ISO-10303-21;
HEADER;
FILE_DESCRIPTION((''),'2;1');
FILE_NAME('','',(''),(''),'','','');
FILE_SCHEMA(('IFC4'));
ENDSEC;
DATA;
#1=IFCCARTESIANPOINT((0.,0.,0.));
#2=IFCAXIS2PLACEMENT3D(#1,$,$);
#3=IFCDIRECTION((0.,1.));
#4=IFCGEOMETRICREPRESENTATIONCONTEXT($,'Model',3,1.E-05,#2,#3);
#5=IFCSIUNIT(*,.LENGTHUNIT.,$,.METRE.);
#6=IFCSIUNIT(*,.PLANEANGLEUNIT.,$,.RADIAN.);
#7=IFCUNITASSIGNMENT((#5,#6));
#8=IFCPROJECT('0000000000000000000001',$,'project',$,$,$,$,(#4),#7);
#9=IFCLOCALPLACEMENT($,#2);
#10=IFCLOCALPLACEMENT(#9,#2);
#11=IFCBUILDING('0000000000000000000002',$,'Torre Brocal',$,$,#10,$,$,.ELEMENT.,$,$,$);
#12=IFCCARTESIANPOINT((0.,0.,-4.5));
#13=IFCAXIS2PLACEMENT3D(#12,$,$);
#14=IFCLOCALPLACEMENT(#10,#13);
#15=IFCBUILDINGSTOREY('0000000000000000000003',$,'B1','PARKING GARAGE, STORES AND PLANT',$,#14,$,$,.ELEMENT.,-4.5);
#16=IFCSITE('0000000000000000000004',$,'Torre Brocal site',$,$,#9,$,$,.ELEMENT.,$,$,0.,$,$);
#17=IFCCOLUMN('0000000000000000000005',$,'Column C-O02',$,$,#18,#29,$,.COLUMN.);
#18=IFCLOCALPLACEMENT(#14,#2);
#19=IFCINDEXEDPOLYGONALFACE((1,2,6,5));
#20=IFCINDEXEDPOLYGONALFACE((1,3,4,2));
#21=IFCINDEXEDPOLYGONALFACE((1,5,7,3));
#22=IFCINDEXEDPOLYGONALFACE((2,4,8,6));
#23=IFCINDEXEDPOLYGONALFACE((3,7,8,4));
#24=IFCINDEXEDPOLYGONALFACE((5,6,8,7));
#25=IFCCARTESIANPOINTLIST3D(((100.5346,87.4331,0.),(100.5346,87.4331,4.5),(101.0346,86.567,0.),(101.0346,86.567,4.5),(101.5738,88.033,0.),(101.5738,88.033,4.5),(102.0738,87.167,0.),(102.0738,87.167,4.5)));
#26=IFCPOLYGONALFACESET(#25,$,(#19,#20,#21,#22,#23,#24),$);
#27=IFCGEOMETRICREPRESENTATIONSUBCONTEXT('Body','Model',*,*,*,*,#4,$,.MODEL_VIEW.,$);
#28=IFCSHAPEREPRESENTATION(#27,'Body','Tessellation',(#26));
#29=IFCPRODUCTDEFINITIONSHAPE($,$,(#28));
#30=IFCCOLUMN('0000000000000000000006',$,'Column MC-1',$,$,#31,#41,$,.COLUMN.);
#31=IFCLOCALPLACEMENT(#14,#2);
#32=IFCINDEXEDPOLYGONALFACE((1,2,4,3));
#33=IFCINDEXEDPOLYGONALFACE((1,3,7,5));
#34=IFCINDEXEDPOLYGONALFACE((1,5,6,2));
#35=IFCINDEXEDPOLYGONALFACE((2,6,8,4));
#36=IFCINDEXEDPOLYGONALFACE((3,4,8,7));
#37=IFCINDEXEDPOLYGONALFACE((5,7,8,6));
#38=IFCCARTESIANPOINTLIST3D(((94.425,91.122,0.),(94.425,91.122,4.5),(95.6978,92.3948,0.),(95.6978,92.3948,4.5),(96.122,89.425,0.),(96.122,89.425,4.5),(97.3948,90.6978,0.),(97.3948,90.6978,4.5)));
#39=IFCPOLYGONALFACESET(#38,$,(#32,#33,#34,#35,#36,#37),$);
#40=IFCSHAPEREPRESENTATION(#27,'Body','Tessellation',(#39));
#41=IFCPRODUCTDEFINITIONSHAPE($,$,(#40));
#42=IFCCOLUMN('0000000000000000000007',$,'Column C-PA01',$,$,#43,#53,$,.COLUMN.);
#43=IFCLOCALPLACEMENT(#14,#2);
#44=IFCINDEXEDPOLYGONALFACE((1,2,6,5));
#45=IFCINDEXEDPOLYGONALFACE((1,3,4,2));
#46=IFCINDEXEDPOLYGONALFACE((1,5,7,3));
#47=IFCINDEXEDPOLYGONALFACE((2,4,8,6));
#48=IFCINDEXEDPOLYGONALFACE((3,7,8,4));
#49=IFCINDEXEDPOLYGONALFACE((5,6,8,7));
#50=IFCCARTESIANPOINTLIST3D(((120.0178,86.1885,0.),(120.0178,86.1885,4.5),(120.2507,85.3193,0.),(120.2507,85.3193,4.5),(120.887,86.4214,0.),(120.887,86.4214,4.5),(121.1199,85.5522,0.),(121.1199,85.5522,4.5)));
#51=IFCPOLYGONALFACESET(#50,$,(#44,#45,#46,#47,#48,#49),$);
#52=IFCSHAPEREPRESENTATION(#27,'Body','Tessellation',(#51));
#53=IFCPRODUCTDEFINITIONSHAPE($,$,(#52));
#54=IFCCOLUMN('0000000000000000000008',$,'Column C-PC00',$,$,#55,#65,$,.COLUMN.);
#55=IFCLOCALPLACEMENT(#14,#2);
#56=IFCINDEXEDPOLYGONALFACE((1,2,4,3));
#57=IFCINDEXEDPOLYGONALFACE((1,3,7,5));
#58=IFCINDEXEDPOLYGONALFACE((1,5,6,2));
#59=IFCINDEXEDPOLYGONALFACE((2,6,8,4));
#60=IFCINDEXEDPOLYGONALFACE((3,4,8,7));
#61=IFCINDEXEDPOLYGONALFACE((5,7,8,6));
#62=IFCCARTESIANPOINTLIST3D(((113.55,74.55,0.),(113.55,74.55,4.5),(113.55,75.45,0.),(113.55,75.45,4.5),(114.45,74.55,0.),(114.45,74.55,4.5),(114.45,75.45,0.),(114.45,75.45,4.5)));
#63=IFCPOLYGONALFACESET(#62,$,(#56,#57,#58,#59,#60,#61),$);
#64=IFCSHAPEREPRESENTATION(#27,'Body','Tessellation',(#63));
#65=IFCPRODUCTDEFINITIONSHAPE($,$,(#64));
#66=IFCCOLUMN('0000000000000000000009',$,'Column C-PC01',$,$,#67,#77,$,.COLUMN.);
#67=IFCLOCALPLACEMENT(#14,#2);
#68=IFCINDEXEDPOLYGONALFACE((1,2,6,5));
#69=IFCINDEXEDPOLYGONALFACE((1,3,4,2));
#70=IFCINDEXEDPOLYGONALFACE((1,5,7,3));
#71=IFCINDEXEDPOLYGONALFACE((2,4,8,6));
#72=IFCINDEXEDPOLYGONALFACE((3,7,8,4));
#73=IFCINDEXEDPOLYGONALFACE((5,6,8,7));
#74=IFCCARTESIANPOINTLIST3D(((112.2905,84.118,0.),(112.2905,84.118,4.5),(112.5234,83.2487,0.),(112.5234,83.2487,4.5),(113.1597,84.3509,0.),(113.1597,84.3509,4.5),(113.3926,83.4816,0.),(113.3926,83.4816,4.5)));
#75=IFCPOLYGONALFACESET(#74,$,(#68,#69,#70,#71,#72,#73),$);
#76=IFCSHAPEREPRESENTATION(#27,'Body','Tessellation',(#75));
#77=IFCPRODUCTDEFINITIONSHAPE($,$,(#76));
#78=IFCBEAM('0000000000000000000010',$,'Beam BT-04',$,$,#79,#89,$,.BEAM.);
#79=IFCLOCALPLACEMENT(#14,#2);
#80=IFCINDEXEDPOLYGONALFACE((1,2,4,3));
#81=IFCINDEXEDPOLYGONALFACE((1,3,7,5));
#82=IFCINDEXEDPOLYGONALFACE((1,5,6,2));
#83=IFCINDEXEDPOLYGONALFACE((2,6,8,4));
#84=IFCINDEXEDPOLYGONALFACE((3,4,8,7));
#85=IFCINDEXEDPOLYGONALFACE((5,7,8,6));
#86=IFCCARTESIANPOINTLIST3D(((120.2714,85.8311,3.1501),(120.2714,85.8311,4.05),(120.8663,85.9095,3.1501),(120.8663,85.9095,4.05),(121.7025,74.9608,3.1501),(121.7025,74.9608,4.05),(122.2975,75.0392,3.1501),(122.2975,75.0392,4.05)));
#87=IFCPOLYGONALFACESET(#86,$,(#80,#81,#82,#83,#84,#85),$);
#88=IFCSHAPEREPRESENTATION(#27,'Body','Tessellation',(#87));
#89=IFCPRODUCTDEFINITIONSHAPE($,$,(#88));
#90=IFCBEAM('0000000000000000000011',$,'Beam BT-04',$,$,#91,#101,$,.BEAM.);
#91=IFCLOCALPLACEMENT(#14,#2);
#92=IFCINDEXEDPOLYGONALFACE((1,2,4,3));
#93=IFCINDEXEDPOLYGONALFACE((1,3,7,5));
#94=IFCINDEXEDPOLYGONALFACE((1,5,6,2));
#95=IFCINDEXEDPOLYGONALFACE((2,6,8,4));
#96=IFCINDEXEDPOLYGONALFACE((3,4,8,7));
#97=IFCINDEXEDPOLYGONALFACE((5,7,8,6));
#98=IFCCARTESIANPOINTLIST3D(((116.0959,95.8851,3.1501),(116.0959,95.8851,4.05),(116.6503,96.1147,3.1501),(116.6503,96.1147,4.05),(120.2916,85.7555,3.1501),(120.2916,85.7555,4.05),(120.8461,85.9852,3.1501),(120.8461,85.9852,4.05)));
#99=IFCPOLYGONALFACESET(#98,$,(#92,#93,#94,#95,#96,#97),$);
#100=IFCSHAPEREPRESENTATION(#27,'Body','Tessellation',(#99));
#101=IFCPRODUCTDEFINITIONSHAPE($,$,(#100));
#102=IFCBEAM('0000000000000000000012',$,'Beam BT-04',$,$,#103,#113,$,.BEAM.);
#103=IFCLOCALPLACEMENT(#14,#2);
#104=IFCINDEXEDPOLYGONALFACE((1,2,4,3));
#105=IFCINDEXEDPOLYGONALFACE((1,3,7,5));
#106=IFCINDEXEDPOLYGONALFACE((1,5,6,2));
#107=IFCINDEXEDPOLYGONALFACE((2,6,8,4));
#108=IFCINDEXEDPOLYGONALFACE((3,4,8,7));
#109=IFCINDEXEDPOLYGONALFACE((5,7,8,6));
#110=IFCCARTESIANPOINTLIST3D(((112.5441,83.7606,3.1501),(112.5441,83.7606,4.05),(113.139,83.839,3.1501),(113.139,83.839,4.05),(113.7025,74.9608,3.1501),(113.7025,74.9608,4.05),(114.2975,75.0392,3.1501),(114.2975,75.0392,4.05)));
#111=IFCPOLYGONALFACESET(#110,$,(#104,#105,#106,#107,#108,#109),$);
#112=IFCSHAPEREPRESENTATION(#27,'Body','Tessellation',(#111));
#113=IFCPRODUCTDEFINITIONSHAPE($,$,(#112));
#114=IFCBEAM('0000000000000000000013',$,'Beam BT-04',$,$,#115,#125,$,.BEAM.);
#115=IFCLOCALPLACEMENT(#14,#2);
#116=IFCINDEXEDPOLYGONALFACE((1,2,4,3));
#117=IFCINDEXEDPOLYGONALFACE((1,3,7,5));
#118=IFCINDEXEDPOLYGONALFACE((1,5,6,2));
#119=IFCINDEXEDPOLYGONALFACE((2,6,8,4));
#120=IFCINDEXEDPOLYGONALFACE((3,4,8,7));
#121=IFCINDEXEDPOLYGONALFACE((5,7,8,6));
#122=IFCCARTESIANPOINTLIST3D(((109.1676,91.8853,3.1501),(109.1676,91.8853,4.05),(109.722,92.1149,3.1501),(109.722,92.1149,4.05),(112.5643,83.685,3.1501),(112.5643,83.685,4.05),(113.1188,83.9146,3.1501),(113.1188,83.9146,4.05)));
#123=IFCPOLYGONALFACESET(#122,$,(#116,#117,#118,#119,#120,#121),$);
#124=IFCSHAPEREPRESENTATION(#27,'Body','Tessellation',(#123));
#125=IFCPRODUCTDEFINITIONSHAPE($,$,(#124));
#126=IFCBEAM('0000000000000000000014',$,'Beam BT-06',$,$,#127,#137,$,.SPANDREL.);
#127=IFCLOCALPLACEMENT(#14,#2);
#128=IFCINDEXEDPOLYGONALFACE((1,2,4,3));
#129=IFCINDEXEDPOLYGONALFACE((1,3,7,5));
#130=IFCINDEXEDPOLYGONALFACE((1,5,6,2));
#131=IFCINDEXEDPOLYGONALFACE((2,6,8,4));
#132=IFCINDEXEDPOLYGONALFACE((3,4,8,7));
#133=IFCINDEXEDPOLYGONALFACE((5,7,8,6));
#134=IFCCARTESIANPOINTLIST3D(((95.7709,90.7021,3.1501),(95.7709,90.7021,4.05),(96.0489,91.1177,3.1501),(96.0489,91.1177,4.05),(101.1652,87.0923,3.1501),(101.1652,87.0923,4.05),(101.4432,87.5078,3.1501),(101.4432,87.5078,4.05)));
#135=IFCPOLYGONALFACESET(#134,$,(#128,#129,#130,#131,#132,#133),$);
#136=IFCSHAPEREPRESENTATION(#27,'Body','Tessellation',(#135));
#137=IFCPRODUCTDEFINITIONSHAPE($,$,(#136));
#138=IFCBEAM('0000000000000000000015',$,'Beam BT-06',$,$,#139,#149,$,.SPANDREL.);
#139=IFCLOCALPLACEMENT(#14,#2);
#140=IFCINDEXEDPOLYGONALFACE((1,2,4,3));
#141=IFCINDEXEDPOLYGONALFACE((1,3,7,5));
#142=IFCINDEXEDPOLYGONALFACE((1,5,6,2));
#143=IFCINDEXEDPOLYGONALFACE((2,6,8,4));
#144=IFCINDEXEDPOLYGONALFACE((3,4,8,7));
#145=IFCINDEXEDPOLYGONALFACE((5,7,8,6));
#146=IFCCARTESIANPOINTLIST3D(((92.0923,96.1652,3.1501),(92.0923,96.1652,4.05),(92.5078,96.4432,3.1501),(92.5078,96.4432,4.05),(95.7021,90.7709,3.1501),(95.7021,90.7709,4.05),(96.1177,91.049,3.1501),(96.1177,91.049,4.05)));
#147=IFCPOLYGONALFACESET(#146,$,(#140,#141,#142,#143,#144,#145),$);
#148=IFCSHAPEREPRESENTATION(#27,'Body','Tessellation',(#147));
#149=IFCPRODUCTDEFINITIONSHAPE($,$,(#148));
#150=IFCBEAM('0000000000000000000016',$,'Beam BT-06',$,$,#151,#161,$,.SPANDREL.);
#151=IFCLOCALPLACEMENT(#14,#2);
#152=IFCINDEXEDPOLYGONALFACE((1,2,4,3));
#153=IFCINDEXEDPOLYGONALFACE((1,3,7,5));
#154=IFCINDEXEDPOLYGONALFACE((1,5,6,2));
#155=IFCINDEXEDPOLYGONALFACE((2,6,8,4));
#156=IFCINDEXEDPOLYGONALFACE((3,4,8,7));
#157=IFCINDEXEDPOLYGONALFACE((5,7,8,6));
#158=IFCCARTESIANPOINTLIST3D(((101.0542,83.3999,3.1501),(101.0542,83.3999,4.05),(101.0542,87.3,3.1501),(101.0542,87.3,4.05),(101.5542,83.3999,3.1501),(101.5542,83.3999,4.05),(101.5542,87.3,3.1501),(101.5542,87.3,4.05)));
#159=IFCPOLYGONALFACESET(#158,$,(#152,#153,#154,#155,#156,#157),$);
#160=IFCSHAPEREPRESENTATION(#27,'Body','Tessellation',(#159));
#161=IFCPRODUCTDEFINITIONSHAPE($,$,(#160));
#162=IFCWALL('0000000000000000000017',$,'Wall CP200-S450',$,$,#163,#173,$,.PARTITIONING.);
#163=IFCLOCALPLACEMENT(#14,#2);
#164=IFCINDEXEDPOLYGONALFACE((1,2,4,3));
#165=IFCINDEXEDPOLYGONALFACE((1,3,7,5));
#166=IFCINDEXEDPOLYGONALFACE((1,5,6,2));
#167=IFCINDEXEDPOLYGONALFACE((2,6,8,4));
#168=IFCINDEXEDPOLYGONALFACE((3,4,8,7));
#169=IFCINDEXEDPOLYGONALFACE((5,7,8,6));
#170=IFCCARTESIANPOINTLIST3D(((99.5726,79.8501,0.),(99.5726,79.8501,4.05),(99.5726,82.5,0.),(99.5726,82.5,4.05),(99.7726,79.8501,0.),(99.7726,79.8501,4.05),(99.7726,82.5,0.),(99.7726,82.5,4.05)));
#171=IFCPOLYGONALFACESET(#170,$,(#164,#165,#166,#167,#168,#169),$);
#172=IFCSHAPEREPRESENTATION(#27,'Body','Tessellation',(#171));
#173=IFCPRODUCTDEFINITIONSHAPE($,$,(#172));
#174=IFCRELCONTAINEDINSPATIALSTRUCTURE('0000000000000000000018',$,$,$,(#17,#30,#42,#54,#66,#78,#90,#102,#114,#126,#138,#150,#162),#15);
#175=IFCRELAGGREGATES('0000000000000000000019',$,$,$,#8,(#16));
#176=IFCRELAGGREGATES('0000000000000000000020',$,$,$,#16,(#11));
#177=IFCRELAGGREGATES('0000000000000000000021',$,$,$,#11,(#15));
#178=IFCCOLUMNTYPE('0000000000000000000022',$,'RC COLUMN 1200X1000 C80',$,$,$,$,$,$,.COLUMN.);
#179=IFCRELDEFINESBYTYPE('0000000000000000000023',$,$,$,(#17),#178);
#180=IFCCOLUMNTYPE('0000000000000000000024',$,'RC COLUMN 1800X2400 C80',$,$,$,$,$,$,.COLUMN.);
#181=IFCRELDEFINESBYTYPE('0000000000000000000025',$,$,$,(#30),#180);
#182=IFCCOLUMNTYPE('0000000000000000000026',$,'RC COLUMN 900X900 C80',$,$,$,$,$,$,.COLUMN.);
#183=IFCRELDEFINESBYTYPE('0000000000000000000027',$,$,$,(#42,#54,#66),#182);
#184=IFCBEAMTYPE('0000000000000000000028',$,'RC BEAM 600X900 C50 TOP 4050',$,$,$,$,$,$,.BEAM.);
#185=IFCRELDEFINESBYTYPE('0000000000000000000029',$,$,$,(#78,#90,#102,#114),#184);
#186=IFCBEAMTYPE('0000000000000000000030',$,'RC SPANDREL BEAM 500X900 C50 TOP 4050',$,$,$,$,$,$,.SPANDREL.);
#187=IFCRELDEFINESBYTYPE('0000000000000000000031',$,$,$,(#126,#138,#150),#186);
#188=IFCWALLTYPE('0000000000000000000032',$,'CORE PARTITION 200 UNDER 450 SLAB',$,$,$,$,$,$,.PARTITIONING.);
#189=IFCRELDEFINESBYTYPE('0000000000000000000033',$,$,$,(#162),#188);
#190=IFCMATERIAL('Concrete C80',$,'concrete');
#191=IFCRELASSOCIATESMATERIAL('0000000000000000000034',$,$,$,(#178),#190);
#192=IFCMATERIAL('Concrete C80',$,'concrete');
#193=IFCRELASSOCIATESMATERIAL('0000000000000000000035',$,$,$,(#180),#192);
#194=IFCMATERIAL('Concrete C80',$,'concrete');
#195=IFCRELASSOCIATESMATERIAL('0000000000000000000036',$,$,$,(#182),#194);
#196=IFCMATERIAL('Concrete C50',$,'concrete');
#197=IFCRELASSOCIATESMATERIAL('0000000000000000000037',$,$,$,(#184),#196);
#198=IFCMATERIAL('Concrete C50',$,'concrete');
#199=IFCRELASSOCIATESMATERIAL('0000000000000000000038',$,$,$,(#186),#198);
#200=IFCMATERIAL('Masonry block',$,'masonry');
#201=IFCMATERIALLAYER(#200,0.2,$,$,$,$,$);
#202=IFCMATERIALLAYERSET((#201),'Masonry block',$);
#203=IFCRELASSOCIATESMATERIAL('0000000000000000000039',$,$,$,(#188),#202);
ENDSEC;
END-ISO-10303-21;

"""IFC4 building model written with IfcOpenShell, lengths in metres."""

from ifc_helpers import new_model, si_unit, direction, frame, frame_2d, origin, origin_2d, place, context, subcontext, project, spatial, rectangle, extrude, material, layer, layer_set, material_profile, profile_set, type_object, element, save


model = new_model("IFC4")

# Units and contexts
model_context = context("Model", 3, precision=1e-05, world=origin(), true_north=direction((0.0, 1.0)))
body_context = subcontext(model_context, "Body", "Model", "MODEL_VIEW")
ifc_project = project(units=[si_unit("LENGTHUNIT", "METRE"), si_unit("PLANEANGLEUNIT", "RADIAN")], contexts=[model_context])

# Site, building, storey
site_placement = place(None, origin())
site = spatial("IfcSite", under=ifc_project, at=site_placement, Name="Torre Brocal site", CompositionType="ELEMENT", RefElevation=0.0)
building_placement = place(site_placement, origin())
building = spatial("IfcBuilding", under=site, at=building_placement, Name="Torre Brocal", CompositionType="ELEMENT")
storey_placement = place(building_placement, frame((0.0, 0.0, -4.5)))
storey = spatial("IfcBuildingStorey", under=building, at=storey_placement, Name="B1", Description="PARKING GARAGE, STORES AND PLANT", CompositionType="ELEMENT", Elevation=-4.5)

# Columns
ifc_material_1 = material(Name="Concrete C80", Category="concrete")
ifc_material_profile_1 = material_profile(ifc_material_1, rectangle(XDim=1.2, YDim=1.0, at=origin_2d()), Name="RC 1200X1000")
ifc_profile_set_1 = profile_set([ifc_material_profile_1], Name="Concrete C80")
column_type_1 = type_object("IfcColumnType", Name="RC COLUMN 1200X1000 C80", PredefinedType="COLUMN", material=ifc_profile_set_1)
column_1_placement = place(storey_placement, frame((101.3042, 87.3, 0.0), z_axis=(0.0, 0.0, 1.0), x_axis=(0.866025, 0.5, 0.0)))
element("IfcColumn", 1, at=column_1_placement, inside=storey, type_object=column_type_1, Name="Column C-O02", PredefinedType="COLUMN", context=body_context, shape_type="SweptSolid", body=[
    extrude(rectangle(XDim=1.2, YDim=1.0, at=origin_2d()), origin(), (0.0, 0.0, 1.0), 4.5),
])
ifc_material_2 = material(Name="Concrete C80", Category="concrete")
ifc_material_profile_2 = material_profile(ifc_material_2, rectangle(XDim=1.8, YDim=2.3999, at=origin_2d()), Name="RC 1800X2400")
ifc_profile_set_2 = profile_set([ifc_material_profile_2], Name="Concrete C80")
column_type_2 = type_object("IfcColumnType", Name="RC COLUMN 1800X2400 C80", PredefinedType="COLUMN", material=ifc_profile_set_2)
column_2_placement = place(storey_placement, frame((95.9099, 90.9099, 0.0), z_axis=(0.0, 0.0, 1.0), x_axis=(0.707107, 0.707107, 0.0)))
element("IfcColumn", 2, at=column_2_placement, inside=storey, type_object=column_type_2, Name="Column MC-1", PredefinedType="COLUMN", context=body_context, shape_type="SweptSolid", body=[
    extrude(rectangle(XDim=1.8, YDim=2.3999, at=origin_2d()), origin(), (0.0, 0.0, 1.0), 4.5),
])
ifc_material_3 = material(Name="Concrete C80", Category="concrete")
ifc_material_profile_3 = material_profile(ifc_material_3, rectangle(XDim=0.8999, YDim=0.8999, at=origin_2d()), Name="RC 900X900")
ifc_profile_set_3 = profile_set([ifc_material_profile_3], Name="Concrete C80")
column_type_3 = type_object("IfcColumnType", Name="RC COLUMN 900X900 C80", PredefinedType="COLUMN", material=ifc_profile_set_3)
for number, where, z_axis, x_axis, name in (
    (3, (120.5688, 85.8704, 0.0), (0.0, 0.0, 1.0), (0.965926, 0.258819, 0.0), "Column C-PA01"),
    (4, (114.0, 75.0, 0.0), (0.0, 0.0, 1.0), (1.0, 0.0, 0.0), "Column C-PC00"),
    (5, (112.8416, 83.7998, 0.0), (0.0, 0.0, 1.0), (0.965926, 0.258819, 0.0), "Column C-PC01"),
):
    element("IfcColumn", number, at=place(storey_placement, frame(where, z_axis=z_axis, x_axis=x_axis)), inside=storey, type_object=column_type_3, Name=name, PredefinedType="COLUMN", context=body_context, shape_type="SweptSolid", body=[
        extrude(rectangle(XDim=0.8999, YDim=0.8999, at=origin_2d()), origin(), (0.0, 0.0, 1.0), 4.5),
    ])

# Beams
ifc_material_4 = material(Name="Concrete C50", Category="concrete")
ifc_material_profile_4 = material_profile(ifc_material_4, rectangle(XDim=0.6001, YDim=0.8999, at=origin_2d()), Name="RC 600X900")
ifc_profile_set_4 = profile_set([ifc_material_profile_4], Name="Concrete C50")
beam_type_1 = type_object("IfcBeamType", Name="RC BEAM 600X900 C50 TOP 4050", PredefinedType="BEAM", material=ifc_profile_set_4)
for number, where, z_axis, x_axis, name in (
    (6, (122.0, 75.0, 3.6001), (-0.13053, 0.991444, 0.0), (-0.991444, -0.13053, 0.0), "Beam BT-04"),
    (7, (120.5688, 85.8704, 3.6001), (-0.382681, 0.923881, 0.0), (-0.923881, -0.382681, 0.0), "Beam BT-04"),
):
    element("IfcBeam", number, at=place(storey_placement, frame(where, z_axis=z_axis, x_axis=x_axis)), inside=storey, type_object=beam_type_1, Name=name, PredefinedType="BEAM", context=body_context, shape_type="SweptSolid", body=[
        extrude(rectangle(XDim=0.6001, YDim=0.8999, at=origin_2d()), origin(), (0.0, 0.0, 1.0), 10.9641),
    ])
beam_1_placement = place(storey_placement, frame((114.0, 75.0, 3.6001), z_axis=(-0.130519, 0.991446, 0.0), x_axis=(-0.991446, -0.130519, 0.0)))
element("IfcBeam", 8, at=beam_1_placement, inside=storey, type_object=beam_type_1, Name="Beam BT-04", PredefinedType="BEAM", context=body_context, shape_type="SweptSolid", body=[
    extrude(rectangle(XDim=0.6001, YDim=0.8999, at=origin_2d()), origin(), (0.0, 0.0, 1.0), 8.8757),
])
beam_2_placement = place(storey_placement, frame((112.8416, 83.7998, 3.6001), z_axis=(-0.382693, 0.923876, 0.0), x_axis=(-0.923876, -0.382693, 0.0)))
element("IfcBeam", 9, at=beam_2_placement, inside=storey, type_object=beam_type_1, Name="Beam BT-04", PredefinedType="BEAM", context=body_context, shape_type="SweptSolid", body=[
    extrude(rectangle(XDim=0.6001, YDim=0.8999, at=origin_2d()), origin(), (0.0, 0.0, 1.0), 8.876),
])
ifc_material_5 = material(Name="Concrete C50", Category="concrete")
ifc_material_profile_5 = material_profile(ifc_material_5, rectangle(XDim=0.5, YDim=0.8999, at=origin_2d()), Name="RC 500X900")
ifc_profile_set_5 = profile_set([ifc_material_profile_5], Name="Concrete C50")
beam_type_2 = type_object("IfcBeamType", Name="RC SPANDREL BEAM 500X900 C50 TOP 4050", PredefinedType="SPANDREL", material=ifc_profile_set_5)
for number, where, z_axis, x_axis, name in (
    (10, (101.3042, 87.3, 3.6001), (-0.831077, 0.556158, 0.0), (-0.556158, -0.831077, 0.0), "Beam BT-06"),
    (11, (95.9099, 90.9099, 3.6001), (-0.556158, 0.831077, 0.0), (-0.831077, -0.556158, 0.0), "Beam BT-06"),
):
    element("IfcBeam", number, at=place(storey_placement, frame(where, z_axis=z_axis, x_axis=x_axis)), inside=storey, type_object=beam_type_2, Name=name, PredefinedType="SPANDREL", context=body_context, shape_type="SweptSolid", body=[
        extrude(rectangle(XDim=0.5, YDim=0.8999, at=origin_2d()), origin(), (0.0, 0.0, 1.0), 6.4907),
    ])
beam_3_placement = place(storey_placement, frame((101.3042, 87.3, 3.6001), z_axis=(0.0, -1.0, 0.0), x_axis=(1.0, 0.0, 0.0)))
element("IfcBeam", 12, at=beam_3_placement, inside=storey, type_object=beam_type_2, Name="Beam BT-06", PredefinedType="SPANDREL", context=body_context, shape_type="SweptSolid", body=[
    extrude(rectangle(XDim=0.5, YDim=0.8999, at=origin_2d()), origin(), (0.0, 0.0, 1.0), 3.9001),
])

# Wall
ifc_material_6 = material(Name="Masonry block", Category="masonry")
ifc_layer_1 = layer(ifc_material_6, 0.2)
ifc_layer_set_1 = layer_set([ifc_layer_1], Name="Masonry block")
wall_type_1 = type_object("IfcWallType", Name="CORE PARTITION 200 UNDER 450 SLAB", PredefinedType="PARTITIONING", material=ifc_layer_set_1)
wall_1_placement = place(storey_placement, frame((99.6726, 79.8501, 0.0), z_axis=(0.0, 0.0, 1.0), x_axis=(0.0, 1.0, 0.0)))
element("IfcWall", 13, at=wall_1_placement, inside=storey, type_object=wall_type_1, Name="Wall CP200-S450", PredefinedType="PARTITIONING", context=body_context, shape_type="SweptSolid", body=[
    extrude(rectangle(XDim=2.6499, YDim=0.2, at=frame_2d((1.325, 0.0))), origin(), (0.0, 0.0, 1.0), 4.05),
])

save(model, "model.ifc")
